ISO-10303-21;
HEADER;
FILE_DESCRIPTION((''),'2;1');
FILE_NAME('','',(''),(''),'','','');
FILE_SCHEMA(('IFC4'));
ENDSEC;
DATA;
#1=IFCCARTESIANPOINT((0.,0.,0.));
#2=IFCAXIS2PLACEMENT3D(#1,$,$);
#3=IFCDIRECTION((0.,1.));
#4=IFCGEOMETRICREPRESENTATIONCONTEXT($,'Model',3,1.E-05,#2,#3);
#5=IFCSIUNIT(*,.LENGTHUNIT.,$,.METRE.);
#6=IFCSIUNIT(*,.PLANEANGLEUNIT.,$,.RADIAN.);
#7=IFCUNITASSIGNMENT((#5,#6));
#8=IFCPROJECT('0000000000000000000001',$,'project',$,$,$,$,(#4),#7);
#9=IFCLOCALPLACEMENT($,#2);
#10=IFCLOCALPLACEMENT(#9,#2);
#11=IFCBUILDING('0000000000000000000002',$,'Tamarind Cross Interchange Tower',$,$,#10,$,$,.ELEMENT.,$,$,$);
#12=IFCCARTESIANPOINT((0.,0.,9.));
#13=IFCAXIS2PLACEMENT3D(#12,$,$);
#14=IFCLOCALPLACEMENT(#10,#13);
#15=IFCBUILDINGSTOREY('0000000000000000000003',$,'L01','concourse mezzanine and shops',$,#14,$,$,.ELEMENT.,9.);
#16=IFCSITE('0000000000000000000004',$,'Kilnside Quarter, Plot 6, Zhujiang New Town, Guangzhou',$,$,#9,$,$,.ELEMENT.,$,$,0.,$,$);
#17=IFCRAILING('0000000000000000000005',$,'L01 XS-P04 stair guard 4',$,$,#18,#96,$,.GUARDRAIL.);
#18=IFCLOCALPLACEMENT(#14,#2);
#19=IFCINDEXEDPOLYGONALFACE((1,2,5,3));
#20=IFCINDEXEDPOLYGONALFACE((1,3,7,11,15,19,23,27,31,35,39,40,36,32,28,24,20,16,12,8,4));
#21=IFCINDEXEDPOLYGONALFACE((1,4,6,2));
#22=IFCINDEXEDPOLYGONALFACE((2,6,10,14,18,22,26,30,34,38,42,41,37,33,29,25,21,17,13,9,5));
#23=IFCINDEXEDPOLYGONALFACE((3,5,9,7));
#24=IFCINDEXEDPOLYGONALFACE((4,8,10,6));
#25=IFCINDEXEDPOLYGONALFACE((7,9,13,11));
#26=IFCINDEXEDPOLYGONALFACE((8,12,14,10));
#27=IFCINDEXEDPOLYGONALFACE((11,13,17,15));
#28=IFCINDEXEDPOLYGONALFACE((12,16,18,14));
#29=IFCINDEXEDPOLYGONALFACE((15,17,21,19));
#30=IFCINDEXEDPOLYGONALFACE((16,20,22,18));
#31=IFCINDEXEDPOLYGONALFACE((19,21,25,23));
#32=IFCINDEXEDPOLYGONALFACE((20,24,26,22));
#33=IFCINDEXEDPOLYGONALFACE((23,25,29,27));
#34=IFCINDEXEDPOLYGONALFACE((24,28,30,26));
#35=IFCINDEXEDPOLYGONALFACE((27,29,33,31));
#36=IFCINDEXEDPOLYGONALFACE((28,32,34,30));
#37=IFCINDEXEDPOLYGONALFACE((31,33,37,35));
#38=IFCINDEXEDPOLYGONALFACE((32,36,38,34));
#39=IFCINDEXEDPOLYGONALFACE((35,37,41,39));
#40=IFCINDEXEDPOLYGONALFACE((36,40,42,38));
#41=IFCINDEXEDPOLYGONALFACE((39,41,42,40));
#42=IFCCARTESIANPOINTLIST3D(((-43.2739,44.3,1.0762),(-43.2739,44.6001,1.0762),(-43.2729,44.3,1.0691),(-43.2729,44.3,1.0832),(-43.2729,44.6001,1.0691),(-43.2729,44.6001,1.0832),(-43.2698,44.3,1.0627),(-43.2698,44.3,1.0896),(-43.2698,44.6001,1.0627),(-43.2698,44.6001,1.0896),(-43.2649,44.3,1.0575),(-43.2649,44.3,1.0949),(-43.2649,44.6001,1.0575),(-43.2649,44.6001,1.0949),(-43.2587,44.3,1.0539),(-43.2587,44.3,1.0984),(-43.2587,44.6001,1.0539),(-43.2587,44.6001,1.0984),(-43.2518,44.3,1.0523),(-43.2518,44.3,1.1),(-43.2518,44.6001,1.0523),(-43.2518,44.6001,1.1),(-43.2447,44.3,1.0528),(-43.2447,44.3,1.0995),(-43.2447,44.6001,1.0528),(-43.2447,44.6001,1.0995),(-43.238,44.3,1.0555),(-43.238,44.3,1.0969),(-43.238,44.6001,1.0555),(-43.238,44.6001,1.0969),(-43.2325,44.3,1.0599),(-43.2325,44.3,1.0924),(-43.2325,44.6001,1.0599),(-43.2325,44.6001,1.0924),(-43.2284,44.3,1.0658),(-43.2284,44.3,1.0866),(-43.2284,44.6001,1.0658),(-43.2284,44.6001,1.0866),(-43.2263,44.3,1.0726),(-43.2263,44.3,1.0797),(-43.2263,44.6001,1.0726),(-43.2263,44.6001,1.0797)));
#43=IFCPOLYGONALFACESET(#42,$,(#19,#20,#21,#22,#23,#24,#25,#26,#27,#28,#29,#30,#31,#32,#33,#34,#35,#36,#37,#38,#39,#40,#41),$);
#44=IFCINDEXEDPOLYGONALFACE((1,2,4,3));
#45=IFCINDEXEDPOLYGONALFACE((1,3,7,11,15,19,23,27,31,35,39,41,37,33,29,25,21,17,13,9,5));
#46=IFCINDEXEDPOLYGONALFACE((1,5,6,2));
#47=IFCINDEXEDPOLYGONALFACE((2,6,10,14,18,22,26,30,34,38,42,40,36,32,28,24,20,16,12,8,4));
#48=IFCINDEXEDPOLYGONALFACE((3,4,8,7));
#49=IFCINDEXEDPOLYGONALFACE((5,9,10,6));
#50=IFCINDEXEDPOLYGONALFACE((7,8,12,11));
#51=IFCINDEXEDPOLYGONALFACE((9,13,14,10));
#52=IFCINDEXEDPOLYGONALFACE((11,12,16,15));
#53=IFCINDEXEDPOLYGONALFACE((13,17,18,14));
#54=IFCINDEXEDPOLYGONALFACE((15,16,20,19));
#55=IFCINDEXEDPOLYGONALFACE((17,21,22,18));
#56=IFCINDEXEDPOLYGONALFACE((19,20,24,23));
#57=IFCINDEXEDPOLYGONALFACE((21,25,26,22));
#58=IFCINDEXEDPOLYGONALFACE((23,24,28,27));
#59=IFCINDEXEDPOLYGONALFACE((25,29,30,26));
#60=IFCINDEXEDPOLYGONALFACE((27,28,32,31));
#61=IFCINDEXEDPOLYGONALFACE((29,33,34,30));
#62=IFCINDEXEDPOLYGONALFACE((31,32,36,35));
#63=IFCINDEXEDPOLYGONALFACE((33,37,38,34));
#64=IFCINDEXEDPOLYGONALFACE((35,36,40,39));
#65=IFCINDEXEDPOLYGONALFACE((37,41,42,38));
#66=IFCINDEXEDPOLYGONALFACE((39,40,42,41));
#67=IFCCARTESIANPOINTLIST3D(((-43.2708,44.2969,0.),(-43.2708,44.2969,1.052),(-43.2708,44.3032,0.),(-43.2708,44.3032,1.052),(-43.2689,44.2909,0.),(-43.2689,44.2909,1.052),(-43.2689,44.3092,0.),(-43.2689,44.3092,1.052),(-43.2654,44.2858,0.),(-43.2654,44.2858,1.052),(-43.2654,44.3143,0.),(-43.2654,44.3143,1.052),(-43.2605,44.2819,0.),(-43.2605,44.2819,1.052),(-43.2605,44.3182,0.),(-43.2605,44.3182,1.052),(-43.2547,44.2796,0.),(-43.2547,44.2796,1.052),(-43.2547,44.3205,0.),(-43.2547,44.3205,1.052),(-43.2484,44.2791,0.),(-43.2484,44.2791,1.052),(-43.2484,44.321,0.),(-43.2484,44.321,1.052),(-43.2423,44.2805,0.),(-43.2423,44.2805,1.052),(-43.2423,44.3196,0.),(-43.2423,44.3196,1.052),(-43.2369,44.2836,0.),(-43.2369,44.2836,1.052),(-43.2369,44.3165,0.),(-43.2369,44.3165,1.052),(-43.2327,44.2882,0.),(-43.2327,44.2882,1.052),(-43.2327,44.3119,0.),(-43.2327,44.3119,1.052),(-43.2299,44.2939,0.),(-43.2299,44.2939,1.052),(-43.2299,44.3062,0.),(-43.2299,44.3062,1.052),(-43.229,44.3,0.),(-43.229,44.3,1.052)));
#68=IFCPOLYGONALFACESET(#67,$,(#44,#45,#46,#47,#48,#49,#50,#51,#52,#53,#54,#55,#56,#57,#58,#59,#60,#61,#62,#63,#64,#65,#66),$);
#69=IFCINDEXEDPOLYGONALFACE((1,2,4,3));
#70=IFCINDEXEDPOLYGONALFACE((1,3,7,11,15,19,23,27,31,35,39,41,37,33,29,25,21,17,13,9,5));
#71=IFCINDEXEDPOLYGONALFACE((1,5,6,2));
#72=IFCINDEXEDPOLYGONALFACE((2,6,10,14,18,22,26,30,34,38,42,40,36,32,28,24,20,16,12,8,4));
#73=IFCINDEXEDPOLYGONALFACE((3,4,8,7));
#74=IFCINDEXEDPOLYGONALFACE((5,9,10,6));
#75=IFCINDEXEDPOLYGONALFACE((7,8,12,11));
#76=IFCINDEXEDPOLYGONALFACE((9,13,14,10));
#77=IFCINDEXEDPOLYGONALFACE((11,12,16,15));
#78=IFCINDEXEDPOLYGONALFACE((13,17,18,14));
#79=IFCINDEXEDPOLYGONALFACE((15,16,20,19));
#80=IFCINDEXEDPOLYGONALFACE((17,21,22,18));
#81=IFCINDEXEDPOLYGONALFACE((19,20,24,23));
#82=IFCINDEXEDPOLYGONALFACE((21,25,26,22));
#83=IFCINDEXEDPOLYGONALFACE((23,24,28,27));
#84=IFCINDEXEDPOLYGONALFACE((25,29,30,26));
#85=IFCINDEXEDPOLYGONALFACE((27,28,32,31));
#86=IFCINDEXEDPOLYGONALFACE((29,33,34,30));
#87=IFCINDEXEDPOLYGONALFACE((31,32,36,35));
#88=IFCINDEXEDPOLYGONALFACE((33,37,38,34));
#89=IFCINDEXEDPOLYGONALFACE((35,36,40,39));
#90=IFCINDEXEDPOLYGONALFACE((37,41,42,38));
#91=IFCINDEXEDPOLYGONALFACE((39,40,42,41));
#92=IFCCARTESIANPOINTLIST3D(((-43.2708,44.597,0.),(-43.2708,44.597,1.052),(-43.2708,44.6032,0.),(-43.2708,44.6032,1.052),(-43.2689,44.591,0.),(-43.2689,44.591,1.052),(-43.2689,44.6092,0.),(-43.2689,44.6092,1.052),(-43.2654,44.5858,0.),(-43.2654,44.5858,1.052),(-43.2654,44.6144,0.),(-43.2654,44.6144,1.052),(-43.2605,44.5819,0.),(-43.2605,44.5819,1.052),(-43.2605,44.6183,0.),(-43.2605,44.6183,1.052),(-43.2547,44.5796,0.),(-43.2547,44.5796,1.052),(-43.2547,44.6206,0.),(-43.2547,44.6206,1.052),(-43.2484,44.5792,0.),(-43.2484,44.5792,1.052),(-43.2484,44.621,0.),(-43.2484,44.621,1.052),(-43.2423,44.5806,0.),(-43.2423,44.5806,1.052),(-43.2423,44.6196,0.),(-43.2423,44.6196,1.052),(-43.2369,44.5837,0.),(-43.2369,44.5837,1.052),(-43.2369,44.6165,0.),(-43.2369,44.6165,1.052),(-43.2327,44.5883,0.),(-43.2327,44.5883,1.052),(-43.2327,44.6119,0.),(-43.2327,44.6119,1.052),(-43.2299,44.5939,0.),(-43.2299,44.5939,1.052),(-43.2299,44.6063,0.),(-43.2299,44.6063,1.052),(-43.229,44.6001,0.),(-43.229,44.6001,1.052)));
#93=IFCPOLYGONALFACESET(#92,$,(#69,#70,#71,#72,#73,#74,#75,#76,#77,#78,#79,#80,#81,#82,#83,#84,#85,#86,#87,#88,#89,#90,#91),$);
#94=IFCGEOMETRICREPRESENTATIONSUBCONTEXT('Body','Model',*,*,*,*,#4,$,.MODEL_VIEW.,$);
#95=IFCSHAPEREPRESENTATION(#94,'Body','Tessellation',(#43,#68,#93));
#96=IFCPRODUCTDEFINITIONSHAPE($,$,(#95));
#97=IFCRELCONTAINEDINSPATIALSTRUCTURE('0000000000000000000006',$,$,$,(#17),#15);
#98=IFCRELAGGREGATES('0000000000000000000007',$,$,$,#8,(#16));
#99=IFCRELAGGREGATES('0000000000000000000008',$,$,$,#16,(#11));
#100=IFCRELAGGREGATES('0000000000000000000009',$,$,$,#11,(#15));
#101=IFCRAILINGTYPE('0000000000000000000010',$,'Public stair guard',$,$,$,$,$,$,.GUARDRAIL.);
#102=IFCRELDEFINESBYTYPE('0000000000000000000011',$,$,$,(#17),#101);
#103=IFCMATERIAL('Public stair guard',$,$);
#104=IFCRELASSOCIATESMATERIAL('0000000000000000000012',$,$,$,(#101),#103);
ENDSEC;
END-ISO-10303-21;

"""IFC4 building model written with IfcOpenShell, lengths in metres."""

from ifc_helpers import new_model, si_unit, direction, frame, origin, origin_2d, place, context, subcontext, project, spatial, circle, extrude, material, type_object, element, save


model = new_model("IFC4")

# Units and contexts
model_context = context("Model", 3, precision=1e-05, world=origin(), true_north=direction((0.0, 1.0)))
body_context = subcontext(model_context, "Body", "Model", "MODEL_VIEW")
ifc_project = project(units=[si_unit("LENGTHUNIT", "METRE"), si_unit("PLANEANGLEUNIT", "RADIAN")], contexts=[model_context])

# Site, building, storey
site_placement = place(None, origin())
site = spatial("IfcSite", under=ifc_project, at=site_placement, Name="Kilnside Quarter, Plot 6, Zhujiang New Town, Guangzhou", CompositionType="ELEMENT", RefElevation=0.0)
building_placement = place(site_placement, origin())
building = spatial("IfcBuilding", under=site, at=building_placement, Name="Tamarind Cross Interchange Tower", CompositionType="ELEMENT")
storey_placement = place(building_placement, frame((0.0, 0.0, 9.0)))
storey = spatial("IfcBuildingStorey", under=building, at=storey_placement, Name="L01", Description="concourse mezzanine and shops", CompositionType="ELEMENT", Elevation=9.0)

# Railing
ifc_material_1 = material(Name="Public stair guard")
railing_type_1 = type_object("IfcRailingType", Name="Public stair guard", PredefinedType="GUARDRAIL", material=ifc_material_1)
railing_1_placement = place(storey_placement, frame((-43.25, 44.3, 0.0)))
element("IfcRailing", 1, at=railing_1_placement, inside=storey, type_object=railing_type_1, Name="L01 XS-P04 stair guard 4", PredefinedType="GUARDRAIL", context=body_context, shape_type="SweptSolid", body=[
    extrude(circle(Radius=0.0239, at=origin_2d()), frame((0.0, 0.0, 1.0762), z_axis=(0.0, 1.0, 0.0), x_axis=(-1.0, 0.0, 0.0)), (0.0, 0.0, 1.0), 0.3),
    extrude(circle(Radius=0.021, at=origin_2d()), origin(), (0.0, 0.0, 1.0), 1.052),
    extrude(circle(Radius=0.021, at=origin_2d()), frame((0.0, 0.3, 0.0)), (0.0, 0.0, 1.0), 1.052),
])

save(model, "model.ifc")
